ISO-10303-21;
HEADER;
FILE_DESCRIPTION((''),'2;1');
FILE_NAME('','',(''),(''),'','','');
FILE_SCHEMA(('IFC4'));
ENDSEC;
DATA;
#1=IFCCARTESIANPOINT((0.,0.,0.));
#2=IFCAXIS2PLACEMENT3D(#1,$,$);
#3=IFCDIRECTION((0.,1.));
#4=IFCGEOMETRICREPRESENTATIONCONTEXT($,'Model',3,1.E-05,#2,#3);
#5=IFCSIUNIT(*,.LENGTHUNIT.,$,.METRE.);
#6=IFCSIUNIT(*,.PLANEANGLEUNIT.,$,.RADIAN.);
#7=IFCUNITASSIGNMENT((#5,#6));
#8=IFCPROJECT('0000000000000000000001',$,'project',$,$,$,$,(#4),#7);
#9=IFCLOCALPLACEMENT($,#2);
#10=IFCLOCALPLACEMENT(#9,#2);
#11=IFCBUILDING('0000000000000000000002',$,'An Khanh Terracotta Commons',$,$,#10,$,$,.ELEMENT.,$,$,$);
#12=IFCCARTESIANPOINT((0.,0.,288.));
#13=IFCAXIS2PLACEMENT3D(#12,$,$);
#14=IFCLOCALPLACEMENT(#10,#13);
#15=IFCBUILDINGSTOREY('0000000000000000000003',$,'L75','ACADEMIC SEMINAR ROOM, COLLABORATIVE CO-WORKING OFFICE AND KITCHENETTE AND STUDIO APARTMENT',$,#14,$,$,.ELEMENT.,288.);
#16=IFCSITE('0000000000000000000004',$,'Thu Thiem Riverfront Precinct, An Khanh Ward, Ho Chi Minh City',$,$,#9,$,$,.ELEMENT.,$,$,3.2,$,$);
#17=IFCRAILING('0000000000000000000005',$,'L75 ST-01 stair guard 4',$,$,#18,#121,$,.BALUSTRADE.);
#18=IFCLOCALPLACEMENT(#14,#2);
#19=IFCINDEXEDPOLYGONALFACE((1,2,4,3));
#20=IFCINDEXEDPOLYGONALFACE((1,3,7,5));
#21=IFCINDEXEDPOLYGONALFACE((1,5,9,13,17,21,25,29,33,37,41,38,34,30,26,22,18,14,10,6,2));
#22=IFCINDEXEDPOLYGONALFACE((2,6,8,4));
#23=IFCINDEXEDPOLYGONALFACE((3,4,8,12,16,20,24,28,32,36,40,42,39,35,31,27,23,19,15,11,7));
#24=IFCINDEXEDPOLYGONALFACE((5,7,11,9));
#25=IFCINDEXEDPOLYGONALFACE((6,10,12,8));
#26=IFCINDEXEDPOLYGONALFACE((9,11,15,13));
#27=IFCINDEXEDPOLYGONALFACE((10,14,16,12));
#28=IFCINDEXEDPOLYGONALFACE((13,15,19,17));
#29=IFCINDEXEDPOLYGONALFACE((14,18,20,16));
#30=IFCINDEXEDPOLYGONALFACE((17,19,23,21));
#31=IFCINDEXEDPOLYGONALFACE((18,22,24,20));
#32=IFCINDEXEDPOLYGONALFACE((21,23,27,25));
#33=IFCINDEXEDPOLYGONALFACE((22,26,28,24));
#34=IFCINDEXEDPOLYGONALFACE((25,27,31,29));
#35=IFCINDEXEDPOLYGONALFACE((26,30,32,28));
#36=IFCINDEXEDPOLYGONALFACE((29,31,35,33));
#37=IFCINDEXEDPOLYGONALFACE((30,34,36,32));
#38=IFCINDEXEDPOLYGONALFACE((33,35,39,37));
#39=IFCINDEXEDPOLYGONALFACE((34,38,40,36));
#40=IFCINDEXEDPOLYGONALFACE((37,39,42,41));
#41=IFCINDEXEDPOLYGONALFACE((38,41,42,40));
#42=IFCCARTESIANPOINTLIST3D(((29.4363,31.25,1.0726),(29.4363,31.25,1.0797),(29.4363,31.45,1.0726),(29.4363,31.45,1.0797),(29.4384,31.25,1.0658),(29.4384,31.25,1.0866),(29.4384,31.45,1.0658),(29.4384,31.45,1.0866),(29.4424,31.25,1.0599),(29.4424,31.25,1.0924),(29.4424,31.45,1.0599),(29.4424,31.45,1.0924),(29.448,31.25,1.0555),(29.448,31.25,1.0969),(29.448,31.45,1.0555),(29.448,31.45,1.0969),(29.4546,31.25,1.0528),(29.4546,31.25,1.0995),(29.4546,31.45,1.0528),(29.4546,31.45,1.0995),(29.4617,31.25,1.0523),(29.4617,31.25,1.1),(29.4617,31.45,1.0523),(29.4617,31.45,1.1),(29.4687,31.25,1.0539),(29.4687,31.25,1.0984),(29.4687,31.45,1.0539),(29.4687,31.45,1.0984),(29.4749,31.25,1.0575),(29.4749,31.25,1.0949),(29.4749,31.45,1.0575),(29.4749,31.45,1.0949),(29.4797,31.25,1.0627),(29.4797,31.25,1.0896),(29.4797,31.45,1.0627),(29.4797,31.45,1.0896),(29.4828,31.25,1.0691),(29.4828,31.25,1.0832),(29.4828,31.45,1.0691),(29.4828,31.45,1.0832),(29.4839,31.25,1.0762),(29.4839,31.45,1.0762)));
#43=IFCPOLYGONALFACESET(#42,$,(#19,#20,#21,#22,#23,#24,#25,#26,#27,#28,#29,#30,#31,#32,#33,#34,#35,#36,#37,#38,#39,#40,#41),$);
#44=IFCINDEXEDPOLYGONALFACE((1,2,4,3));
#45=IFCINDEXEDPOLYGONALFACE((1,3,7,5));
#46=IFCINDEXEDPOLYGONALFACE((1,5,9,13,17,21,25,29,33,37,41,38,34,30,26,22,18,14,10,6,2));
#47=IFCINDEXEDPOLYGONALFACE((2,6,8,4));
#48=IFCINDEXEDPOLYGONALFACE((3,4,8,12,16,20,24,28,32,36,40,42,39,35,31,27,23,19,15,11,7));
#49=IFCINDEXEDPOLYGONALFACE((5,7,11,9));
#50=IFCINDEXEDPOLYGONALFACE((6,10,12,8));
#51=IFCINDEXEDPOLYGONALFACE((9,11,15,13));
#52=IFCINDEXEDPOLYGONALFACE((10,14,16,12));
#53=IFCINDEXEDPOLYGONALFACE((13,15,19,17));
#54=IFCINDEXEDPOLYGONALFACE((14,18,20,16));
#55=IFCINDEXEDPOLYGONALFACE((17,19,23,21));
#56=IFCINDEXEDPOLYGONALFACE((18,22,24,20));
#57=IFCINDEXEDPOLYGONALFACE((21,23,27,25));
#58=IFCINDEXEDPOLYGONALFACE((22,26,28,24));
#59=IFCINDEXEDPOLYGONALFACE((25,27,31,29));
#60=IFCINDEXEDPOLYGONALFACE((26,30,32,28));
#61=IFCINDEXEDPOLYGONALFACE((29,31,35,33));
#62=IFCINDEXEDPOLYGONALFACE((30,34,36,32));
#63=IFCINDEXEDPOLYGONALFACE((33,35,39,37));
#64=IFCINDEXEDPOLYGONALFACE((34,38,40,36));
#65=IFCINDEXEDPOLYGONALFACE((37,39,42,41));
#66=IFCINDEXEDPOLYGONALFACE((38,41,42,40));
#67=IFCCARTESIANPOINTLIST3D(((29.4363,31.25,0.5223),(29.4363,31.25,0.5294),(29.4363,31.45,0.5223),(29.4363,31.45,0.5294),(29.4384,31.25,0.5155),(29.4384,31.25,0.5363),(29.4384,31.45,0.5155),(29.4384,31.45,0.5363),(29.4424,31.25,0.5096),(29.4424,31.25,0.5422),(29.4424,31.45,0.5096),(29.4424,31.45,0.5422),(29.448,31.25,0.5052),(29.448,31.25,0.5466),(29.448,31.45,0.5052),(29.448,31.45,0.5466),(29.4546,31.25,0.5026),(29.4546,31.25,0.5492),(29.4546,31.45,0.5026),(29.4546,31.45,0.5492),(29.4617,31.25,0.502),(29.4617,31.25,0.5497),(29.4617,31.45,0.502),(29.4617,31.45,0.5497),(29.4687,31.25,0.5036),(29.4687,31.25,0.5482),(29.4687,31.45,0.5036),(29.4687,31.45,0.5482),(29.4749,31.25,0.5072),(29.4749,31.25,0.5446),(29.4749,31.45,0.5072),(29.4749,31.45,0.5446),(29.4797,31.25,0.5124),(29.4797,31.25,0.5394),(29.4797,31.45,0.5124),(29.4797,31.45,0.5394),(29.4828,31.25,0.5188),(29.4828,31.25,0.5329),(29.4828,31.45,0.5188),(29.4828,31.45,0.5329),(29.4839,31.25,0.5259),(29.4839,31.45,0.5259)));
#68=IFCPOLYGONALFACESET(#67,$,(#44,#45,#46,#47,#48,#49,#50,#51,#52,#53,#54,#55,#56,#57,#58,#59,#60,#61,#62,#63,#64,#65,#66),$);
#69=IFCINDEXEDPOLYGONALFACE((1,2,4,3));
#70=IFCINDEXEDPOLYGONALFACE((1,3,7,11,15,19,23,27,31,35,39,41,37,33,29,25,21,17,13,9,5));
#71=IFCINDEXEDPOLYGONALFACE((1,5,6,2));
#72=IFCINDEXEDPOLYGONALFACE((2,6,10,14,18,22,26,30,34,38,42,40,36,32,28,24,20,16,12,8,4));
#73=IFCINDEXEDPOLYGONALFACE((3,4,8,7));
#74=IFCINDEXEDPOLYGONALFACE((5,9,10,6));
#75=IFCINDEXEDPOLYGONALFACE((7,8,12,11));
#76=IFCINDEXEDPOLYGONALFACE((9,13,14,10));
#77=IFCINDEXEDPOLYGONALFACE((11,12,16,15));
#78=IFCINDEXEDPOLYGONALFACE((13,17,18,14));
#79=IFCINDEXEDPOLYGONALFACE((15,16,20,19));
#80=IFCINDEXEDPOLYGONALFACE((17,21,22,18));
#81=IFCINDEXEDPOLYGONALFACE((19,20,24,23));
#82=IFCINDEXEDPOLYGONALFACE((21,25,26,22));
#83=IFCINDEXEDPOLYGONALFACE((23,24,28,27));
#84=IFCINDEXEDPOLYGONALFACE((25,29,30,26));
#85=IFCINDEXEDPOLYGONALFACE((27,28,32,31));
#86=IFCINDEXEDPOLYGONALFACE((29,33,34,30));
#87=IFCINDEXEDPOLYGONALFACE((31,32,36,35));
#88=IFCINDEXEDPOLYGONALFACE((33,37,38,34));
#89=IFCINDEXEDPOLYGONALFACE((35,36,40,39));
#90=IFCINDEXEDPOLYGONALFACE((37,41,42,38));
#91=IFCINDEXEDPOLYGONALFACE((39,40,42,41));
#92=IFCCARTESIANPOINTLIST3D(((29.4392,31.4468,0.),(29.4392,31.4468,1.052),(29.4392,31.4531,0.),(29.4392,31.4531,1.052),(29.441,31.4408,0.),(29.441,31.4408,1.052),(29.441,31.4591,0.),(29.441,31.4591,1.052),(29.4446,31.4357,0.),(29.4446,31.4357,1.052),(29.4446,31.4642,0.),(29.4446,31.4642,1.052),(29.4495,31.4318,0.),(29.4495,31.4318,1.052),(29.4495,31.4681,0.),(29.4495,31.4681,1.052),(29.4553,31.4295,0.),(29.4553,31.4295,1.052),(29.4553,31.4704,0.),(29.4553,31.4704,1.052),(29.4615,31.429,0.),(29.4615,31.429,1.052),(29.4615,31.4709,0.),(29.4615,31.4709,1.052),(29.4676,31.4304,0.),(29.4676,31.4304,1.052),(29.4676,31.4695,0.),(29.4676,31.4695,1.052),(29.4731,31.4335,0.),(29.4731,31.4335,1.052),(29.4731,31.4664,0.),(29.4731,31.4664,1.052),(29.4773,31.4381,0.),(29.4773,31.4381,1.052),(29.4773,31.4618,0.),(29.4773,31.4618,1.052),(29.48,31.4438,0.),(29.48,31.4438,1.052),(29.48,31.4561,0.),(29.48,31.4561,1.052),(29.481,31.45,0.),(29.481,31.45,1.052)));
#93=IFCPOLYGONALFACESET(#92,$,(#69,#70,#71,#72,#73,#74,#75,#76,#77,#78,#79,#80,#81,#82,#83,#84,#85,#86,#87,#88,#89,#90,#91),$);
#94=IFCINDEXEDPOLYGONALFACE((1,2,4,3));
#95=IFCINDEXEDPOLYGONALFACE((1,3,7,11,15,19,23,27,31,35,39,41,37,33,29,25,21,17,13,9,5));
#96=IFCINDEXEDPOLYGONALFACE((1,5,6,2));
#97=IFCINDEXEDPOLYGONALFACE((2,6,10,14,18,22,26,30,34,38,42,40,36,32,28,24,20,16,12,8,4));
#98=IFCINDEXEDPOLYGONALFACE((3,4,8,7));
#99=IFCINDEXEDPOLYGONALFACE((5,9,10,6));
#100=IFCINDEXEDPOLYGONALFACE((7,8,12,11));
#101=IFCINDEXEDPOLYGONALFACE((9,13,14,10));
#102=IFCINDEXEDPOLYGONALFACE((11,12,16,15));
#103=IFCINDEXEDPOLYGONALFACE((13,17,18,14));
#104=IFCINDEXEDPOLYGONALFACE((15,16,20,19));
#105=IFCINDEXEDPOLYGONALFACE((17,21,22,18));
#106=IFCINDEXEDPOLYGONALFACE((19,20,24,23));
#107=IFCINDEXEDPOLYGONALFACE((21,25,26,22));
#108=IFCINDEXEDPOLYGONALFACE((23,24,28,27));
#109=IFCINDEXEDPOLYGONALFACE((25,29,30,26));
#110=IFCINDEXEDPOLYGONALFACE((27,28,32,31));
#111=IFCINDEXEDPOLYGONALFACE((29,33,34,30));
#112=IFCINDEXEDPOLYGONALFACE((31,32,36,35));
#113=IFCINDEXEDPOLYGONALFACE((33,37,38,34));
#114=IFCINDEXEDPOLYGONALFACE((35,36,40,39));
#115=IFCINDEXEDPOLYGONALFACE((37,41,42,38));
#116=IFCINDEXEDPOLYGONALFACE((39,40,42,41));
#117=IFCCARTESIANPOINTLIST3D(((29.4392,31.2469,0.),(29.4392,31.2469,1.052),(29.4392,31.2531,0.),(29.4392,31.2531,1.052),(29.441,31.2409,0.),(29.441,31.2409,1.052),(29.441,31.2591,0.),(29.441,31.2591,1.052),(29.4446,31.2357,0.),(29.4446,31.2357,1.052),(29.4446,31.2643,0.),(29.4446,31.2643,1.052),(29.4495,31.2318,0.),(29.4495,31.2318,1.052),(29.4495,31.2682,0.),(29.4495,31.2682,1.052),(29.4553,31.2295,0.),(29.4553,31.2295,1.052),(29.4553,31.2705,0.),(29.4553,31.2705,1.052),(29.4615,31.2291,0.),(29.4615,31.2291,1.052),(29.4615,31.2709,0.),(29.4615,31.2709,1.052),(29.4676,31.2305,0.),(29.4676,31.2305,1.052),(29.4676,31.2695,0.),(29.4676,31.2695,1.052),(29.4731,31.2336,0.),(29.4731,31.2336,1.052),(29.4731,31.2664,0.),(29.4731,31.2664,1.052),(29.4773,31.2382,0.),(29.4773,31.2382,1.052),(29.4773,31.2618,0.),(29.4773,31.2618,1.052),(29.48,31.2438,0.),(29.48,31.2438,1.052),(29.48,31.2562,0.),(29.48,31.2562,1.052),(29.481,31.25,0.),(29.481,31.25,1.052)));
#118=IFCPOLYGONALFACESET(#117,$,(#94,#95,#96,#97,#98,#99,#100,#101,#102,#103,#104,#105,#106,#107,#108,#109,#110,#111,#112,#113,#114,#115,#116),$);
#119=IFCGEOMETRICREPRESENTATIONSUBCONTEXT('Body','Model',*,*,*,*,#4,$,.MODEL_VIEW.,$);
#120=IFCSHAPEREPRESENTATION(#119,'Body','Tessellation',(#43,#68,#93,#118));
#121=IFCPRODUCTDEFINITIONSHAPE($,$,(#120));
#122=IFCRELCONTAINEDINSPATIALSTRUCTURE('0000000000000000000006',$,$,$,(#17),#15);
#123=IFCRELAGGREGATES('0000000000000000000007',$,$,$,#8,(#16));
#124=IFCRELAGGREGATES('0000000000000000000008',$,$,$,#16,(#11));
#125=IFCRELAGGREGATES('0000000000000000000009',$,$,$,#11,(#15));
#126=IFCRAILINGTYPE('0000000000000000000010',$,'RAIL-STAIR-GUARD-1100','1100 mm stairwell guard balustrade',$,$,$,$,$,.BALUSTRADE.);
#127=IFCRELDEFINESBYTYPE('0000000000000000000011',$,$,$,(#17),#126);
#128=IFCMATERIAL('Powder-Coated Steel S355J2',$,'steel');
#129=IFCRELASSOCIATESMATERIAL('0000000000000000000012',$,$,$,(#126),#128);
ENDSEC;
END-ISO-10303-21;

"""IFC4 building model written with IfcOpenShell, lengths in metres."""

from ifc_helpers import new_model, si_unit, direction, frame, origin, origin_2d, place, context, subcontext, project, spatial, circle, extrude, material, type_object, element, save


model = new_model("IFC4")

# Units and contexts
model_context = context("Model", 3, precision=1e-05, world=origin(), true_north=direction((0.0, 1.0)))
body_context = subcontext(model_context, "Body", "Model", "MODEL_VIEW")
ifc_project = project(units=[si_unit("LENGTHUNIT", "METRE"), si_unit("PLANEANGLEUNIT", "RADIAN")], contexts=[model_context])

# Site, building, storey
site_placement = place(None, origin())
site = spatial("IfcSite", under=ifc_project, at=site_placement, Name="Thu Thiem Riverfront Precinct, An Khanh Ward, Ho Chi Minh City", CompositionType="ELEMENT", RefElevation=3.2)
building_placement = place(site_placement, origin())
building = spatial("IfcBuilding", under=site, at=building_placement, Name="An Khanh Terracotta Commons", CompositionType="ELEMENT")
storey_placement = place(building_placement, frame((0.0, 0.0, 288.0)))
storey = spatial("IfcBuildingStorey", under=building, at=storey_placement, Name="L75", Description="ACADEMIC SEMINAR ROOM, COLLABORATIVE CO-WORKING OFFICE AND KITCHENETTE AND STUDIO APARTMENT", CompositionType="ELEMENT", Elevation=288.0)

# Railing
ifc_material_1 = material(Name="Powder-Coated Steel S355J2", Category="steel")
railing_type_1 = type_object("IfcRailingType", Name="RAIL-STAIR-GUARD-1100", Description="1100 mm stairwell guard balustrade", PredefinedType="BALUSTRADE", material=ifc_material_1)
railing_1_placement = place(storey_placement, frame((29.46, 31.45, 0.0)))
element("IfcRailing", 1, at=railing_1_placement, inside=storey, type_object=railing_type_1, Name="L75 ST-01 stair guard 4", PredefinedType="BALUSTRADE", context=body_context, shape_type="SweptSolid", body=[
    extrude(circle(Radius=0.0239, at=origin_2d()), frame((0.0, 0.0, 1.0762), z_axis=(0.0, -1.0, 0.0), x_axis=(1.0, 0.0, 0.0)), (0.0, 0.0, 1.0), 0.2),
    extrude(circle(Radius=0.0239, at=origin_2d()), frame((0.0, 0.0, 0.5259), z_axis=(0.0, -1.0, 0.0), x_axis=(1.0, 0.0, 0.0)), (0.0, 0.0, 1.0), 0.2),
    extrude(circle(Radius=0.021, at=origin_2d()), origin(), (0.0, 0.0, 1.0), 1.052),
    extrude(circle(Radius=0.021, at=origin_2d()), frame((0.0, -0.2, 0.0)), (0.0, 0.0, 1.0), 1.052),
])

save(model, "model.ifc")
